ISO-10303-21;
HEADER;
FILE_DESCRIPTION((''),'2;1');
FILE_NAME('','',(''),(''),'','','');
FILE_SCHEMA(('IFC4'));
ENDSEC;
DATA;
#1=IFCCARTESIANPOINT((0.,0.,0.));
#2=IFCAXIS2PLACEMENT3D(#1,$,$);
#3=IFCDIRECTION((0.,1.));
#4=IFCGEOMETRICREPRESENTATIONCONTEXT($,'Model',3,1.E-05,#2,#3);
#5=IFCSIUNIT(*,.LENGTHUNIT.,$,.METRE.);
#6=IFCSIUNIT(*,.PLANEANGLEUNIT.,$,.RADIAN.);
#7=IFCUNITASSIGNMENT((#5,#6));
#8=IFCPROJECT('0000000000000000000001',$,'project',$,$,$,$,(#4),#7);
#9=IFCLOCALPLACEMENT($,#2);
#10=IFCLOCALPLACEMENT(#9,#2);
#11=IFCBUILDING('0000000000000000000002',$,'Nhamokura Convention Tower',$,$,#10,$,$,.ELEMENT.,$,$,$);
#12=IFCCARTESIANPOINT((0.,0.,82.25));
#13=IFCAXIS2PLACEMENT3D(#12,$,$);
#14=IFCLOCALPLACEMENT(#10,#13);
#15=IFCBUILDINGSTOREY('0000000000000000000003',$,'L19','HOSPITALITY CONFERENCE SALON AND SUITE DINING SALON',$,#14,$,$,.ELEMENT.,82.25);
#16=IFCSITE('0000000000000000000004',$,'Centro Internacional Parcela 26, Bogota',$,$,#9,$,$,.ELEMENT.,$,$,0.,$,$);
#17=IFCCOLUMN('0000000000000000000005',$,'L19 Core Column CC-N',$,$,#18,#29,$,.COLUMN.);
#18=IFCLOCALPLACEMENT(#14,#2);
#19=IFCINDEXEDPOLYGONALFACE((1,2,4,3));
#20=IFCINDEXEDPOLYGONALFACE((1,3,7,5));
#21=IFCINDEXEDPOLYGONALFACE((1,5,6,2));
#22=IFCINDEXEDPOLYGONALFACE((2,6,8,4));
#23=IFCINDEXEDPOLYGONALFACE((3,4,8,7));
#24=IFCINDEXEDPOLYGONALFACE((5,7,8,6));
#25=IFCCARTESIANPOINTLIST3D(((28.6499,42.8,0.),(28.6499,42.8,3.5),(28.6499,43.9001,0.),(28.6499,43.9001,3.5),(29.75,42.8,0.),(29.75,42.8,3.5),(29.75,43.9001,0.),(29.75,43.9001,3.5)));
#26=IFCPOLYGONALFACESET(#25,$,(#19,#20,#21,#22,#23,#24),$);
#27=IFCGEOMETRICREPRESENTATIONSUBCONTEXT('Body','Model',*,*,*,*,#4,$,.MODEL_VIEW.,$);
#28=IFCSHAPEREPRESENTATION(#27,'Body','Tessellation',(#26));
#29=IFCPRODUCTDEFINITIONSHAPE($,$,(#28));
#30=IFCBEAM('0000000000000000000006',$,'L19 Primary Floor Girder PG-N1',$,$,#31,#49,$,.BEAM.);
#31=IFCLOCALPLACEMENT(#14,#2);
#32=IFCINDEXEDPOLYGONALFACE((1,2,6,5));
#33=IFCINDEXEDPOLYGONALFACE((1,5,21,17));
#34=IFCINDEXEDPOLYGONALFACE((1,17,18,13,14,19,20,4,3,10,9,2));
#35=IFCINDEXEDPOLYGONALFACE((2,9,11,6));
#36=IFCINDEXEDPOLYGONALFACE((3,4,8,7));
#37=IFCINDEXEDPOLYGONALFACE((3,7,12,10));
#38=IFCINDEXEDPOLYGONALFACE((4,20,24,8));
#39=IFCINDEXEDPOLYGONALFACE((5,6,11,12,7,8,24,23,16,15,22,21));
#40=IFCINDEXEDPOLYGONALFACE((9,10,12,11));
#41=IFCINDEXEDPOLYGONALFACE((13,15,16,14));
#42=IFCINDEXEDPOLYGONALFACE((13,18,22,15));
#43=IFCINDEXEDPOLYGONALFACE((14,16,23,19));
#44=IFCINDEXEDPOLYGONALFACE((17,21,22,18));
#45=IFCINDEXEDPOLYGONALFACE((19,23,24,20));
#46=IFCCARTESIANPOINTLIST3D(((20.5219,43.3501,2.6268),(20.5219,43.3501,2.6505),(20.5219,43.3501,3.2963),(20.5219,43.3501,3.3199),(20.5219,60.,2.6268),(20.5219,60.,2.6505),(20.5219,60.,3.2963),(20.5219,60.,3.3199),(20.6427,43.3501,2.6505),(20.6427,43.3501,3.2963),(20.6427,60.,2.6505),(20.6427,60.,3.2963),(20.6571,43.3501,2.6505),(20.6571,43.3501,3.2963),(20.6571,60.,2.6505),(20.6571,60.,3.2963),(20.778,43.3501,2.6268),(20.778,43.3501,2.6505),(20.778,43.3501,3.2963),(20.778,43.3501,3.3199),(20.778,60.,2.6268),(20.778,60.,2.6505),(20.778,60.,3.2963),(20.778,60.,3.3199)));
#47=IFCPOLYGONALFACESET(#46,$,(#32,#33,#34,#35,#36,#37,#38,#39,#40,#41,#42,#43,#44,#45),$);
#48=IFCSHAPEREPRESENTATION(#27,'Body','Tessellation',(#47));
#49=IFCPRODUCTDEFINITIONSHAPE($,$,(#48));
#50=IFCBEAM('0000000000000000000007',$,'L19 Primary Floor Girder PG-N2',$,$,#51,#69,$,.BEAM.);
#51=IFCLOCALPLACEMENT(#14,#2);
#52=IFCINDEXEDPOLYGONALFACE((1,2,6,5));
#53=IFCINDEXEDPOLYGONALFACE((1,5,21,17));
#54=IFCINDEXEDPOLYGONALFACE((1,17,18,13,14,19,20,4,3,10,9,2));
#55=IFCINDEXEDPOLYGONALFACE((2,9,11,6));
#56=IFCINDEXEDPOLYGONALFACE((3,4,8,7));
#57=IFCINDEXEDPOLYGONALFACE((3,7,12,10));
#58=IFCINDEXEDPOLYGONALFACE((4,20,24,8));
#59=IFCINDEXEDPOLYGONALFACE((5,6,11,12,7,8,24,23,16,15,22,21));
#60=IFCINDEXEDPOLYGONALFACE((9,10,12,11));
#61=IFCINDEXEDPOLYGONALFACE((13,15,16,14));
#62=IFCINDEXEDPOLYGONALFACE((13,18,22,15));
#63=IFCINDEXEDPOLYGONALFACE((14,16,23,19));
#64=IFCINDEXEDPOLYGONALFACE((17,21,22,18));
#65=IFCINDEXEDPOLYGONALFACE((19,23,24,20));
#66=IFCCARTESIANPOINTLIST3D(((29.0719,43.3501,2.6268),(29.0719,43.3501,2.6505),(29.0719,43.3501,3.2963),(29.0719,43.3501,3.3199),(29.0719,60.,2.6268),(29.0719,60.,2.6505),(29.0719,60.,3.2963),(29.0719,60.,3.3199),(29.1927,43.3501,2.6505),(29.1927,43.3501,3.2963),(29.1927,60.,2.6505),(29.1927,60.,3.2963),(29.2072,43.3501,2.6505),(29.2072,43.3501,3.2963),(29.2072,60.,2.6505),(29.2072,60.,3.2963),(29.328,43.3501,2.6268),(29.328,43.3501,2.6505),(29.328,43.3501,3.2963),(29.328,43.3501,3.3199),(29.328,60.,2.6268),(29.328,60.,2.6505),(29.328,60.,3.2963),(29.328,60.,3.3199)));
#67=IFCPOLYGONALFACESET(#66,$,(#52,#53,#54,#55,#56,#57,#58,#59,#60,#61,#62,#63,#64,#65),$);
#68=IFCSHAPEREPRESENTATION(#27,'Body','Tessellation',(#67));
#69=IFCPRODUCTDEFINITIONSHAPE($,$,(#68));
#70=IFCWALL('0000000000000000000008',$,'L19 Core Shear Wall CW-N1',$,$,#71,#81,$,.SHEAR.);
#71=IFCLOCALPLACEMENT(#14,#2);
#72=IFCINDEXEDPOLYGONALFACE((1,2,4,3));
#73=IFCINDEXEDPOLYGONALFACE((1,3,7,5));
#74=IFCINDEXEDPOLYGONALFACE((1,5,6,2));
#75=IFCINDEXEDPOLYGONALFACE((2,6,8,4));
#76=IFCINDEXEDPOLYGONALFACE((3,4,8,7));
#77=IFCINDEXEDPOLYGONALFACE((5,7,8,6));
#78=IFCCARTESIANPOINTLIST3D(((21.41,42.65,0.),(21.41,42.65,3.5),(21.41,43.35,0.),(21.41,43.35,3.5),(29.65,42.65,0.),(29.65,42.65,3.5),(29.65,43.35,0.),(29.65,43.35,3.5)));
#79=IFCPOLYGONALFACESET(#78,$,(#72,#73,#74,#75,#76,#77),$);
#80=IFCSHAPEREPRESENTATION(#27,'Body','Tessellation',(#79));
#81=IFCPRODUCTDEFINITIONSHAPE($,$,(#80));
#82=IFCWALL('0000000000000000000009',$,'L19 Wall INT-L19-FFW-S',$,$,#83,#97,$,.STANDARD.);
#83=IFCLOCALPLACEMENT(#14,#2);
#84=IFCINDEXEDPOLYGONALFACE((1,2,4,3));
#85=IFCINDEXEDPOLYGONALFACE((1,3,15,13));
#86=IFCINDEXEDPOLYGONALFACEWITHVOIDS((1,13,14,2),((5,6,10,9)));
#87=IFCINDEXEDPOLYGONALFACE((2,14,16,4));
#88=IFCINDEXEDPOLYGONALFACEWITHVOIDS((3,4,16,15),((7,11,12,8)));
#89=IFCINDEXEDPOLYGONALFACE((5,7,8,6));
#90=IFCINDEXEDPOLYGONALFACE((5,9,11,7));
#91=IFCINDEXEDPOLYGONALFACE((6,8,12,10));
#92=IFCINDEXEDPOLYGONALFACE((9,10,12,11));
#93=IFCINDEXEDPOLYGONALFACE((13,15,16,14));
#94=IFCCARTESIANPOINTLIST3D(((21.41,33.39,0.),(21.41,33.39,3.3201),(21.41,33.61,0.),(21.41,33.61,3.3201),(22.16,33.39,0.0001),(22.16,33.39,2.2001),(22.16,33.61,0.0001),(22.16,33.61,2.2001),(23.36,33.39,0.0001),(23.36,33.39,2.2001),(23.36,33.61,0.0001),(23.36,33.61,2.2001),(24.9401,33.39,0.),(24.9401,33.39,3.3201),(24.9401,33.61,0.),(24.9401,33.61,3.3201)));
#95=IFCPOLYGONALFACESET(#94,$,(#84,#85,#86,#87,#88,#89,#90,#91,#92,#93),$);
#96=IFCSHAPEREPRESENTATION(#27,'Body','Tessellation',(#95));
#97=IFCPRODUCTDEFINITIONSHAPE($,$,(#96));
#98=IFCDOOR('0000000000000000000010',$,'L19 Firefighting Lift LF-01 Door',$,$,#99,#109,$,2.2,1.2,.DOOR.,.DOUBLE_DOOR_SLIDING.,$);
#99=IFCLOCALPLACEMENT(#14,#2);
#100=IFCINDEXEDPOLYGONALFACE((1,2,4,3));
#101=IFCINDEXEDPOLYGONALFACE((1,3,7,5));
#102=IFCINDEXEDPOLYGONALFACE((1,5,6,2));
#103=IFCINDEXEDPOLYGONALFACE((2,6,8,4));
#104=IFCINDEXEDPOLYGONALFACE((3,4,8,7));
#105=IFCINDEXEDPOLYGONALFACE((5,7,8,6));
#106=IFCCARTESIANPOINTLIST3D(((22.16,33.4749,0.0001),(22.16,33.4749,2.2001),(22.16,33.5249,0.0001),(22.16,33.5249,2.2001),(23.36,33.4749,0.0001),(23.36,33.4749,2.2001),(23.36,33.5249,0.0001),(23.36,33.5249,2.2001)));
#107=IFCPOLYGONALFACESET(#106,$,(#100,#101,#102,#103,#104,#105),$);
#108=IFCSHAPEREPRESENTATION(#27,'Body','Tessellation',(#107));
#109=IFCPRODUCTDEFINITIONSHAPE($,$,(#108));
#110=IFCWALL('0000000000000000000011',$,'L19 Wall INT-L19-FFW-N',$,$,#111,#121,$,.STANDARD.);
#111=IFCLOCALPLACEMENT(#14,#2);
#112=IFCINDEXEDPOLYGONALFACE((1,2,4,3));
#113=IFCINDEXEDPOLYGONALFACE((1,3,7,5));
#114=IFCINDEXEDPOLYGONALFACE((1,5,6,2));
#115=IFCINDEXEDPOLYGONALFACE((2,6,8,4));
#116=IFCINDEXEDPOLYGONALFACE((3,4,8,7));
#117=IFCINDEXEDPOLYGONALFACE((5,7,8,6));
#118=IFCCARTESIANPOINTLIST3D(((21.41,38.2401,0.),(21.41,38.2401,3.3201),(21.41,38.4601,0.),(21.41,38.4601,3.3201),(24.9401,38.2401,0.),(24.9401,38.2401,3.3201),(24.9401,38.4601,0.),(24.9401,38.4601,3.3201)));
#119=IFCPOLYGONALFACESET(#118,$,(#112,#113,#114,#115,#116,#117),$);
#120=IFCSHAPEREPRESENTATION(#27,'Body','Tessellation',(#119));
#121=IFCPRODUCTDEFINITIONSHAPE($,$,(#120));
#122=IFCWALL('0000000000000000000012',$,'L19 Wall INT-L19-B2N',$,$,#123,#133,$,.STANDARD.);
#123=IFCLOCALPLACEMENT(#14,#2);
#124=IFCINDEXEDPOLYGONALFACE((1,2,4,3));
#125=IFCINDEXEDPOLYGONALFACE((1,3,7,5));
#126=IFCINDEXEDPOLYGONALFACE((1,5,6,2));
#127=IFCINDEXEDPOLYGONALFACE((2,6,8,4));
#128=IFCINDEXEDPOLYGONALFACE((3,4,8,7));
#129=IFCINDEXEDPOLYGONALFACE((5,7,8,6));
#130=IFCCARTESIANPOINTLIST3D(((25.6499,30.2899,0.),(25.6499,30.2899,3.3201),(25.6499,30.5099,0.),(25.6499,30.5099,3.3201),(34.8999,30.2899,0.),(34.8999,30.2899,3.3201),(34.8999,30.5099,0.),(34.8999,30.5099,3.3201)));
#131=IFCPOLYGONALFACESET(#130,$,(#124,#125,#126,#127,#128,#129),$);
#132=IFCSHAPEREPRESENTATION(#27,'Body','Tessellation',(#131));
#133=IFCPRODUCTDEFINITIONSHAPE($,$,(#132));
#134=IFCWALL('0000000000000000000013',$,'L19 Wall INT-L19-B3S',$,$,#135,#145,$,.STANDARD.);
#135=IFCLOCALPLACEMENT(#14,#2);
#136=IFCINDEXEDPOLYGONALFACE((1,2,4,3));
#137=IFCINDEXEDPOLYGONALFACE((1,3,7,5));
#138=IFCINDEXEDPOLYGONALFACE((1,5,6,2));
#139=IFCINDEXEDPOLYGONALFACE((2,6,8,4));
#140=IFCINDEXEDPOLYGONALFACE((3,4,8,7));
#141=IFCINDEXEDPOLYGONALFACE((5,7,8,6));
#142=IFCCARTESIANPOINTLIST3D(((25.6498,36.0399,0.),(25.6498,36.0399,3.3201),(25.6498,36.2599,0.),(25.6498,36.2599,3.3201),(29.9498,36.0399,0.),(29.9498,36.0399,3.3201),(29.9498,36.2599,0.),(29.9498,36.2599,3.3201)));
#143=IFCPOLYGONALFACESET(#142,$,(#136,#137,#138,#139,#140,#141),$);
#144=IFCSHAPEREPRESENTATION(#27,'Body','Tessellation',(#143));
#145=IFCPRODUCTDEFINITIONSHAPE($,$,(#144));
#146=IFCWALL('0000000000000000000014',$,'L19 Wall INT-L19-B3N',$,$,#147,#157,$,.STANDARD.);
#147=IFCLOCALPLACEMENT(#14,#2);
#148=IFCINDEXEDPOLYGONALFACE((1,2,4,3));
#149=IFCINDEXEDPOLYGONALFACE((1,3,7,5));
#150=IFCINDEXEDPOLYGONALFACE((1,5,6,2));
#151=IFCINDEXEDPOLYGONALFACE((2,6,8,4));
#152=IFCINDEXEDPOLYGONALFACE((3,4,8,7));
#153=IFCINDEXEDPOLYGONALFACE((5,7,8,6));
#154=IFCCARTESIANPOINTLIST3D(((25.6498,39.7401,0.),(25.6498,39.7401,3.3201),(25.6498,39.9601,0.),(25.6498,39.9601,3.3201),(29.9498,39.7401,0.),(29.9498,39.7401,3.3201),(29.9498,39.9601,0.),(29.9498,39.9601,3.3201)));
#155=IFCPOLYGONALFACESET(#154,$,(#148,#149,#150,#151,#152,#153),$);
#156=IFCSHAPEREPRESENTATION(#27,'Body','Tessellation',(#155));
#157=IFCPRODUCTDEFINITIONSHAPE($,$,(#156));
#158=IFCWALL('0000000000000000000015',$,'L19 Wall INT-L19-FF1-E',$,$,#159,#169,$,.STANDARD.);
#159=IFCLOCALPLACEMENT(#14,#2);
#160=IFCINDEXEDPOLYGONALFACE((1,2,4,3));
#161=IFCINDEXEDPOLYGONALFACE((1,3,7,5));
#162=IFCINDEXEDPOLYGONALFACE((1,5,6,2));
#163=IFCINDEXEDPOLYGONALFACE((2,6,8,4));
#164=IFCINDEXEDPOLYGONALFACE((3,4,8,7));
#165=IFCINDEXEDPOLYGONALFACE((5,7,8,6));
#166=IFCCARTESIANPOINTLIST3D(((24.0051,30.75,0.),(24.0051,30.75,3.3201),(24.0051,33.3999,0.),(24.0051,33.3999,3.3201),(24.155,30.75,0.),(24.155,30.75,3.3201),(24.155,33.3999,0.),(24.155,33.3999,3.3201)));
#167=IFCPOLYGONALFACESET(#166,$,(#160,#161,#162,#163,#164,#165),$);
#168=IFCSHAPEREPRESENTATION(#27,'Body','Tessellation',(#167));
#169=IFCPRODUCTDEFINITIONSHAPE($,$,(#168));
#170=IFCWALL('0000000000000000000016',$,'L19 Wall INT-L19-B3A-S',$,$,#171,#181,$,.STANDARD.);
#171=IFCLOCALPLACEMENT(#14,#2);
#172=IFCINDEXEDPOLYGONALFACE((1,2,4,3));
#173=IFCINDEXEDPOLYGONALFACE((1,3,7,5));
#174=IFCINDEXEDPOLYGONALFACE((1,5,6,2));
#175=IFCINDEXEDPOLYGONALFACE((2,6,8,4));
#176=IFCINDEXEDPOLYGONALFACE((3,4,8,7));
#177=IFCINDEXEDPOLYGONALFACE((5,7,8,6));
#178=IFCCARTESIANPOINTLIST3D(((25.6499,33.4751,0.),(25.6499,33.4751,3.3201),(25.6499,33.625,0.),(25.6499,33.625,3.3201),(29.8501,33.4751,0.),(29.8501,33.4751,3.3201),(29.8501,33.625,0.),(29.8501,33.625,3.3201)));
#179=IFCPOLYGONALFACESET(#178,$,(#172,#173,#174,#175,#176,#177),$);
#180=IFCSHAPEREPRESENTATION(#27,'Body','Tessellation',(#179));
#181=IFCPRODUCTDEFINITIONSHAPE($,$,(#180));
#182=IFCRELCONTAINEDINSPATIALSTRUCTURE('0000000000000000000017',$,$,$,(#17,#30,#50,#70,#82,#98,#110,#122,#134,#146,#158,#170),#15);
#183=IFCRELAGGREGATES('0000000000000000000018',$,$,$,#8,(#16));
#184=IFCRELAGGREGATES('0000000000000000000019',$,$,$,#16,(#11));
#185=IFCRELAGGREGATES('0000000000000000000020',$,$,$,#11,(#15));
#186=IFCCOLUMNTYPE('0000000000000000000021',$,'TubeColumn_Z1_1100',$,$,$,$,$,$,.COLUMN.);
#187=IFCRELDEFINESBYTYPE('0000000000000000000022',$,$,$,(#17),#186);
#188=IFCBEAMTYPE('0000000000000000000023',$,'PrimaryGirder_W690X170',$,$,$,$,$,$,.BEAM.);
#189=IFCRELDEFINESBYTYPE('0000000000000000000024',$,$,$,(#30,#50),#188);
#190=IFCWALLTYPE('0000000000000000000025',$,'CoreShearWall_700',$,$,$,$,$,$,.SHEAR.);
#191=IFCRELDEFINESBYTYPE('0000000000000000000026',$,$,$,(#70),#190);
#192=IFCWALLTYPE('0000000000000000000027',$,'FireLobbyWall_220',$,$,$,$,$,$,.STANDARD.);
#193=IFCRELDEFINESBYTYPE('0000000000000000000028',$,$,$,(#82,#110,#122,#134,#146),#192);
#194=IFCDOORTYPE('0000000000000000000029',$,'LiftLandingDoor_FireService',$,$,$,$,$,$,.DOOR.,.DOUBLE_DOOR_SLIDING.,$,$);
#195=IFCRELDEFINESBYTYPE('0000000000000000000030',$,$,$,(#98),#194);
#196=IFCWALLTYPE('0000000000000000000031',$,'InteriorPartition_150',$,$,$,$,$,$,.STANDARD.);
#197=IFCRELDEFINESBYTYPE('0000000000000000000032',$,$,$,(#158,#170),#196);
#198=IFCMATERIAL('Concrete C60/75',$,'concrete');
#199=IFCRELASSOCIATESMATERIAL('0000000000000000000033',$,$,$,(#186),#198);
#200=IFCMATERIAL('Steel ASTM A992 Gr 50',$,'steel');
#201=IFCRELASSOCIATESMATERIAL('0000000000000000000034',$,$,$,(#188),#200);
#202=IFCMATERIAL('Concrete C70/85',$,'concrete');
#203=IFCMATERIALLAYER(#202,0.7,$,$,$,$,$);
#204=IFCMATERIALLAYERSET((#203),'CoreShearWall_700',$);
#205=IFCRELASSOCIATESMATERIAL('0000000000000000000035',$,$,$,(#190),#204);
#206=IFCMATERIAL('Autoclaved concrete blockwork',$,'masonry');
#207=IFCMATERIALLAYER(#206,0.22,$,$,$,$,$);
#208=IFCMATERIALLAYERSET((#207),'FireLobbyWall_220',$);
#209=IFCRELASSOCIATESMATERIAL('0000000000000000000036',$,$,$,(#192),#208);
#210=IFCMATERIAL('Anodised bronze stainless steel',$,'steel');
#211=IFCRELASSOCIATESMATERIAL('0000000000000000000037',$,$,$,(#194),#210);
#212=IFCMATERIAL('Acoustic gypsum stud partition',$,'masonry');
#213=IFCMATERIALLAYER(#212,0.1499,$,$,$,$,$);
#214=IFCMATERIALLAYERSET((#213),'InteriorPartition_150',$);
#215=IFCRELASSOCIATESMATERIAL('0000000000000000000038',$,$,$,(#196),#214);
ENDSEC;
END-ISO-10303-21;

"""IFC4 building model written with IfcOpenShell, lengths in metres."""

from ifc_helpers import new_model, si_unit, direction, frame, frame_2d, origin, origin_2d, place, context, subcontext, project, spatial, rectangle, i_section, extrude, material, layer, layer_set, material_profile, profile_set, type_object, element, fill, save


model = new_model("IFC4")

# Units and contexts
model_context = context("Model", 3, precision=1e-05, world=origin(), true_north=direction((0.0, 1.0)))
body_context = subcontext(model_context, "Body", "Model", "MODEL_VIEW")
ifc_project = project(units=[si_unit("LENGTHUNIT", "METRE"), si_unit("PLANEANGLEUNIT", "RADIAN")], contexts=[model_context])

# Site, building, storey
site_placement = place(None, origin())
site = spatial("IfcSite", under=ifc_project, at=site_placement, Name="Centro Internacional Parcela 26, Bogota", CompositionType="ELEMENT", RefElevation=0.0)
building_placement = place(site_placement, origin())
building = spatial("IfcBuilding", under=site, at=building_placement, Name="Nhamokura Convention Tower", CompositionType="ELEMENT")
storey_placement = place(building_placement, frame((0.0, 0.0, 82.25)))
storey = spatial("IfcBuildingStorey", under=building, at=storey_placement, Name="L19", Description="HOSPITALITY CONFERENCE SALON AND SUITE DINING SALON", CompositionType="ELEMENT", Elevation=82.25)

# Column
ifc_material_1 = material(Name="Concrete C60/75", Category="concrete")
ifc_material_profile_1 = material_profile(ifc_material_1, rectangle(XDim=1.1001, YDim=1.1001, at=origin_2d()))
ifc_profile_set_1 = profile_set([ifc_material_profile_1], Name="Concrete C60/75")
column_type = type_object("IfcColumnType", Name="TubeColumn_Z1_1100", PredefinedType="COLUMN", material=ifc_profile_set_1)
column_placement = place(storey_placement, frame((29.2, 43.3501, 0.0), z_axis=(0.0, 0.0, 1.0), x_axis=(1.0, 0.0, 0.0)))
element("IfcColumn", 1, at=column_placement, inside=storey, type_object=column_type, Name="L19 Core Column CC-N", PredefinedType="COLUMN", context=body_context, shape_type="SweptSolid", body=[
    extrude(rectangle(XDim=1.1001, YDim=1.1001, at=origin_2d()), origin(), (0.0, 0.0, 1.0), 3.5),
])

# Beams
ifc_material_2 = material(Name="Steel ASTM A992 Gr 50", Category="steel")
ifc_material_profile_2 = material_profile(ifc_material_2, i_section(OverallWidth=0.2561, OverallDepth=0.6931, WebThickness=0.0144, FlangeThickness=0.0237, at=origin_2d()))
ifc_profile_set_2 = profile_set([ifc_material_profile_2], Name="Steel ASTM A992 Gr 50")
beam_type = type_object("IfcBeamType", Name="PrimaryGirder_W690X170", PredefinedType="BEAM", material=ifc_profile_set_2)
for number, where, z_axis, x_axis, name in (
    (2, (20.6499, 43.3501, 2.9734), (0.0, 1.0, 0.0), (-1.0, 0.0, 0.0), "L19 Primary Floor Girder PG-N1"),
    (3, (29.2, 43.3501, 2.9734), (0.0, 1.0, 0.0), (-1.0, 0.0, 0.0), "L19 Primary Floor Girder PG-N2"),
):
    element("IfcBeam", number, at=place(storey_placement, frame(where, z_axis=z_axis, x_axis=x_axis)), inside=storey, type_object=beam_type, Name=name, PredefinedType="BEAM", context=body_context, shape_type="SweptSolid", body=[
        extrude(i_section(OverallWidth=0.2561, OverallDepth=0.6931, WebThickness=0.0144, FlangeThickness=0.0237, at=origin_2d()), origin(), (0.0, 0.0, 1.0), 16.6499),
    ])

# Shared definitions
ifc_material_3 = material(Name="Concrete C70/85", Category="concrete")
ifc_layer_1 = layer(ifc_material_3, 0.7)
ifc_layer_set_1 = layer_set([ifc_layer_1], Name="CoreShearWall_700")
wall_type_1 = type_object("IfcWallType", Name="CoreShearWall_700", PredefinedType="SHEAR", material=ifc_layer_set_1)

# Wall
wall_1_placement = place(storey_placement, frame((21.4099, 43.0, 0.0), z_axis=(0.0, 0.0, 1.0), x_axis=(1.0, 0.0, 0.0)))
element("IfcWall", 4, at=wall_1_placement, inside=storey, type_object=wall_type_1, Name="L19 Core Shear Wall CW-N1", PredefinedType="SHEAR", context=body_context, shape_type="SweptSolid", body=[
    extrude(rectangle(XDim=8.24, YDim=0.7, at=frame_2d((4.1201, 0.0))), origin(), (0.0, 0.0, 1.0), 3.5),
])

# Wall, opening, door
ifc_material_4 = material(Name="Autoclaved concrete blockwork", Category="masonry")
ifc_layer_2 = layer(ifc_material_4, 0.22)
ifc_layer_set_2 = layer_set([ifc_layer_2], Name="FireLobbyWall_220")
wall_type_2 = type_object("IfcWallType", Name="FireLobbyWall_220", PredefinedType="STANDARD", material=ifc_layer_set_2)
wall_2_placement = place(storey_placement, frame((21.4099, 33.5, 0.0), z_axis=(0.0, 0.0, 1.0), x_axis=(1.0, 0.0, 0.0)))
wall_2 = element("IfcWall", 5, at=wall_2_placement, inside=storey, type_object=wall_type_2, Name="L19 Wall INT-L19-FFW-S", PredefinedType="STANDARD", context=body_context, shape_type="SweptSolid", body=[
    extrude(rectangle(XDim=3.53, YDim=0.22, at=frame_2d((1.7651, 0.0))), origin(), (0.0, 0.0, 1.0), 3.3201),
])
opening_1_placement = place(wall_2_placement, frame((0.75, 0.0, 0.0)))
opening_1 = element("IfcOpeningElement", 6, at=opening_1_placement, cuts=wall_2, PredefinedType="OPENING", context=body_context, shape_type="SweptSolid", body=[
    extrude(rectangle(XDim=1.2, YDim=2.2, at=frame_2d((0.6001, 1.1001))), frame((0.0, 0.1199, 0.0), z_axis=(0.0, -1.0, 0.0), x_axis=(1.0, 0.0, 0.0)), (0.0, 0.0, 1.0), 0.24),
])
ifc_material_5 = material(Name="Anodised bronze stainless steel", Category="steel")
door_type_1 = type_object("IfcDoorType", Name="LiftLandingDoor_FireService", OperationType="DOUBLE_DOOR_SLIDING", PredefinedType="DOOR", material=ifc_material_5)
door_1_placement = place(opening_1_placement, origin())
door_1 = element("IfcDoor", 7, at=door_1_placement, inside=storey, type_object=door_type_1, Name="L19 Firefighting Lift LF-01 Door", OperationType="DOUBLE_DOOR_SLIDING", OverallHeight=2.2, OverallWidth=1.2, PredefinedType="DOOR", context=body_context, shape_type="SweptSolid", body=[
    extrude(rectangle(XDim=1.2, YDim=2.2, at=frame_2d((0.6001, 1.1001))), frame((0.0, 0.0249, 0.0), z_axis=(0.0, -1.0, 0.0), x_axis=(1.0, 0.0, 0.0)), (0.0, 0.0, 1.0), 0.05),
])
fill(opening_1, door_1)

# Walls
wall_3_placement = place(storey_placement, frame((21.4099, 38.3501, 0.0), z_axis=(0.0, 0.0, 1.0), x_axis=(1.0, 0.0, 0.0)))
element("IfcWall", 8, at=wall_3_placement, inside=storey, type_object=wall_type_2, Name="L19 Wall INT-L19-FFW-N", PredefinedType="STANDARD", context=body_context, shape_type="SweptSolid", body=[
    extrude(rectangle(XDim=3.53, YDim=0.22, at=frame_2d((1.7651, 0.0))), origin(), (0.0, 0.0, 1.0), 3.3201),
])
wall_4_placement = place(storey_placement, frame((25.6499, 30.3999, 0.0), z_axis=(0.0, 0.0, 1.0), x_axis=(1.0, 0.0, 0.0)))
element("IfcWall", 9, at=wall_4_placement, inside=storey, type_object=wall_type_2, Name="L19 Wall INT-L19-B2N", PredefinedType="STANDARD", context=body_context, shape_type="SweptSolid", body=[
    extrude(rectangle(XDim=9.25, YDim=0.22, at=frame_2d((4.625, 0.0))), origin(), (0.0, 0.0, 1.0), 3.3201),
])
for number, where, z_axis, x_axis, name in (
    (10, (25.6499, 36.1499, 0.0), (0.0, 0.0, 1.0), (1.0, 0.0, 0.0), "L19 Wall INT-L19-B3S"),
    (11, (25.6499, 39.8501, 0.0), (0.0, 0.0, 1.0), (1.0, 0.0, 0.0), "L19 Wall INT-L19-B3N"),
):
    element("IfcWall", number, at=place(storey_placement, frame(where, z_axis=z_axis, x_axis=x_axis)), inside=storey, type_object=wall_type_2, Name=name, PredefinedType="STANDARD", context=body_context, shape_type="SweptSolid", body=[
        extrude(rectangle(XDim=4.3, YDim=0.22, at=frame_2d((2.1499, 0.0))), origin(), (0.0, 0.0, 1.0), 3.3201),
    ])
ifc_material_6 = material(Name="Acoustic gypsum stud partition", Category="masonry")
ifc_layer_3 = layer(ifc_material_6, 0.1499)
ifc_layer_set_3 = layer_set([ifc_layer_3], Name="InteriorPartition_150")
wall_type_3 = type_object("IfcWallType", Name="InteriorPartition_150", PredefinedType="STANDARD", material=ifc_layer_set_3)
wall_5_placement = place(storey_placement, frame((24.0801, 30.75, 0.0), z_axis=(0.0, 0.0, 1.0), x_axis=(0.0, 1.0, 0.0)))
element("IfcWall", 12, at=wall_5_placement, inside=storey, type_object=wall_type_3, Name="L19 Wall INT-L19-FF1-E", PredefinedType="STANDARD", context=body_context, shape_type="SweptSolid", body=[
    extrude(rectangle(XDim=2.6499, YDim=0.1499, at=frame_2d((1.325, 0.0))), origin(), (0.0, 0.0, 1.0), 3.3201),
])
for number, where, z_axis, x_axis, name in (
    (13, (25.6499, 33.55, 0.0), (0.0, 0.0, 1.0), (1.0, 0.0, 0.0), "L19 Wall INT-L19-B3A-S"),
):
    element("IfcWall", number, at=place(storey_placement, frame(where, z_axis=z_axis, x_axis=x_axis)), inside=storey, type_object=wall_type_3, Name=name, PredefinedType="STANDARD", context=body_context, shape_type="SweptSolid", body=[
        extrude(rectangle(XDim=4.2002, YDim=0.1499, at=frame_2d((2.1001, 0.0))), origin(), (0.0, 0.0, 1.0), 3.3201),
    ])

save(model, "model.ifc")
